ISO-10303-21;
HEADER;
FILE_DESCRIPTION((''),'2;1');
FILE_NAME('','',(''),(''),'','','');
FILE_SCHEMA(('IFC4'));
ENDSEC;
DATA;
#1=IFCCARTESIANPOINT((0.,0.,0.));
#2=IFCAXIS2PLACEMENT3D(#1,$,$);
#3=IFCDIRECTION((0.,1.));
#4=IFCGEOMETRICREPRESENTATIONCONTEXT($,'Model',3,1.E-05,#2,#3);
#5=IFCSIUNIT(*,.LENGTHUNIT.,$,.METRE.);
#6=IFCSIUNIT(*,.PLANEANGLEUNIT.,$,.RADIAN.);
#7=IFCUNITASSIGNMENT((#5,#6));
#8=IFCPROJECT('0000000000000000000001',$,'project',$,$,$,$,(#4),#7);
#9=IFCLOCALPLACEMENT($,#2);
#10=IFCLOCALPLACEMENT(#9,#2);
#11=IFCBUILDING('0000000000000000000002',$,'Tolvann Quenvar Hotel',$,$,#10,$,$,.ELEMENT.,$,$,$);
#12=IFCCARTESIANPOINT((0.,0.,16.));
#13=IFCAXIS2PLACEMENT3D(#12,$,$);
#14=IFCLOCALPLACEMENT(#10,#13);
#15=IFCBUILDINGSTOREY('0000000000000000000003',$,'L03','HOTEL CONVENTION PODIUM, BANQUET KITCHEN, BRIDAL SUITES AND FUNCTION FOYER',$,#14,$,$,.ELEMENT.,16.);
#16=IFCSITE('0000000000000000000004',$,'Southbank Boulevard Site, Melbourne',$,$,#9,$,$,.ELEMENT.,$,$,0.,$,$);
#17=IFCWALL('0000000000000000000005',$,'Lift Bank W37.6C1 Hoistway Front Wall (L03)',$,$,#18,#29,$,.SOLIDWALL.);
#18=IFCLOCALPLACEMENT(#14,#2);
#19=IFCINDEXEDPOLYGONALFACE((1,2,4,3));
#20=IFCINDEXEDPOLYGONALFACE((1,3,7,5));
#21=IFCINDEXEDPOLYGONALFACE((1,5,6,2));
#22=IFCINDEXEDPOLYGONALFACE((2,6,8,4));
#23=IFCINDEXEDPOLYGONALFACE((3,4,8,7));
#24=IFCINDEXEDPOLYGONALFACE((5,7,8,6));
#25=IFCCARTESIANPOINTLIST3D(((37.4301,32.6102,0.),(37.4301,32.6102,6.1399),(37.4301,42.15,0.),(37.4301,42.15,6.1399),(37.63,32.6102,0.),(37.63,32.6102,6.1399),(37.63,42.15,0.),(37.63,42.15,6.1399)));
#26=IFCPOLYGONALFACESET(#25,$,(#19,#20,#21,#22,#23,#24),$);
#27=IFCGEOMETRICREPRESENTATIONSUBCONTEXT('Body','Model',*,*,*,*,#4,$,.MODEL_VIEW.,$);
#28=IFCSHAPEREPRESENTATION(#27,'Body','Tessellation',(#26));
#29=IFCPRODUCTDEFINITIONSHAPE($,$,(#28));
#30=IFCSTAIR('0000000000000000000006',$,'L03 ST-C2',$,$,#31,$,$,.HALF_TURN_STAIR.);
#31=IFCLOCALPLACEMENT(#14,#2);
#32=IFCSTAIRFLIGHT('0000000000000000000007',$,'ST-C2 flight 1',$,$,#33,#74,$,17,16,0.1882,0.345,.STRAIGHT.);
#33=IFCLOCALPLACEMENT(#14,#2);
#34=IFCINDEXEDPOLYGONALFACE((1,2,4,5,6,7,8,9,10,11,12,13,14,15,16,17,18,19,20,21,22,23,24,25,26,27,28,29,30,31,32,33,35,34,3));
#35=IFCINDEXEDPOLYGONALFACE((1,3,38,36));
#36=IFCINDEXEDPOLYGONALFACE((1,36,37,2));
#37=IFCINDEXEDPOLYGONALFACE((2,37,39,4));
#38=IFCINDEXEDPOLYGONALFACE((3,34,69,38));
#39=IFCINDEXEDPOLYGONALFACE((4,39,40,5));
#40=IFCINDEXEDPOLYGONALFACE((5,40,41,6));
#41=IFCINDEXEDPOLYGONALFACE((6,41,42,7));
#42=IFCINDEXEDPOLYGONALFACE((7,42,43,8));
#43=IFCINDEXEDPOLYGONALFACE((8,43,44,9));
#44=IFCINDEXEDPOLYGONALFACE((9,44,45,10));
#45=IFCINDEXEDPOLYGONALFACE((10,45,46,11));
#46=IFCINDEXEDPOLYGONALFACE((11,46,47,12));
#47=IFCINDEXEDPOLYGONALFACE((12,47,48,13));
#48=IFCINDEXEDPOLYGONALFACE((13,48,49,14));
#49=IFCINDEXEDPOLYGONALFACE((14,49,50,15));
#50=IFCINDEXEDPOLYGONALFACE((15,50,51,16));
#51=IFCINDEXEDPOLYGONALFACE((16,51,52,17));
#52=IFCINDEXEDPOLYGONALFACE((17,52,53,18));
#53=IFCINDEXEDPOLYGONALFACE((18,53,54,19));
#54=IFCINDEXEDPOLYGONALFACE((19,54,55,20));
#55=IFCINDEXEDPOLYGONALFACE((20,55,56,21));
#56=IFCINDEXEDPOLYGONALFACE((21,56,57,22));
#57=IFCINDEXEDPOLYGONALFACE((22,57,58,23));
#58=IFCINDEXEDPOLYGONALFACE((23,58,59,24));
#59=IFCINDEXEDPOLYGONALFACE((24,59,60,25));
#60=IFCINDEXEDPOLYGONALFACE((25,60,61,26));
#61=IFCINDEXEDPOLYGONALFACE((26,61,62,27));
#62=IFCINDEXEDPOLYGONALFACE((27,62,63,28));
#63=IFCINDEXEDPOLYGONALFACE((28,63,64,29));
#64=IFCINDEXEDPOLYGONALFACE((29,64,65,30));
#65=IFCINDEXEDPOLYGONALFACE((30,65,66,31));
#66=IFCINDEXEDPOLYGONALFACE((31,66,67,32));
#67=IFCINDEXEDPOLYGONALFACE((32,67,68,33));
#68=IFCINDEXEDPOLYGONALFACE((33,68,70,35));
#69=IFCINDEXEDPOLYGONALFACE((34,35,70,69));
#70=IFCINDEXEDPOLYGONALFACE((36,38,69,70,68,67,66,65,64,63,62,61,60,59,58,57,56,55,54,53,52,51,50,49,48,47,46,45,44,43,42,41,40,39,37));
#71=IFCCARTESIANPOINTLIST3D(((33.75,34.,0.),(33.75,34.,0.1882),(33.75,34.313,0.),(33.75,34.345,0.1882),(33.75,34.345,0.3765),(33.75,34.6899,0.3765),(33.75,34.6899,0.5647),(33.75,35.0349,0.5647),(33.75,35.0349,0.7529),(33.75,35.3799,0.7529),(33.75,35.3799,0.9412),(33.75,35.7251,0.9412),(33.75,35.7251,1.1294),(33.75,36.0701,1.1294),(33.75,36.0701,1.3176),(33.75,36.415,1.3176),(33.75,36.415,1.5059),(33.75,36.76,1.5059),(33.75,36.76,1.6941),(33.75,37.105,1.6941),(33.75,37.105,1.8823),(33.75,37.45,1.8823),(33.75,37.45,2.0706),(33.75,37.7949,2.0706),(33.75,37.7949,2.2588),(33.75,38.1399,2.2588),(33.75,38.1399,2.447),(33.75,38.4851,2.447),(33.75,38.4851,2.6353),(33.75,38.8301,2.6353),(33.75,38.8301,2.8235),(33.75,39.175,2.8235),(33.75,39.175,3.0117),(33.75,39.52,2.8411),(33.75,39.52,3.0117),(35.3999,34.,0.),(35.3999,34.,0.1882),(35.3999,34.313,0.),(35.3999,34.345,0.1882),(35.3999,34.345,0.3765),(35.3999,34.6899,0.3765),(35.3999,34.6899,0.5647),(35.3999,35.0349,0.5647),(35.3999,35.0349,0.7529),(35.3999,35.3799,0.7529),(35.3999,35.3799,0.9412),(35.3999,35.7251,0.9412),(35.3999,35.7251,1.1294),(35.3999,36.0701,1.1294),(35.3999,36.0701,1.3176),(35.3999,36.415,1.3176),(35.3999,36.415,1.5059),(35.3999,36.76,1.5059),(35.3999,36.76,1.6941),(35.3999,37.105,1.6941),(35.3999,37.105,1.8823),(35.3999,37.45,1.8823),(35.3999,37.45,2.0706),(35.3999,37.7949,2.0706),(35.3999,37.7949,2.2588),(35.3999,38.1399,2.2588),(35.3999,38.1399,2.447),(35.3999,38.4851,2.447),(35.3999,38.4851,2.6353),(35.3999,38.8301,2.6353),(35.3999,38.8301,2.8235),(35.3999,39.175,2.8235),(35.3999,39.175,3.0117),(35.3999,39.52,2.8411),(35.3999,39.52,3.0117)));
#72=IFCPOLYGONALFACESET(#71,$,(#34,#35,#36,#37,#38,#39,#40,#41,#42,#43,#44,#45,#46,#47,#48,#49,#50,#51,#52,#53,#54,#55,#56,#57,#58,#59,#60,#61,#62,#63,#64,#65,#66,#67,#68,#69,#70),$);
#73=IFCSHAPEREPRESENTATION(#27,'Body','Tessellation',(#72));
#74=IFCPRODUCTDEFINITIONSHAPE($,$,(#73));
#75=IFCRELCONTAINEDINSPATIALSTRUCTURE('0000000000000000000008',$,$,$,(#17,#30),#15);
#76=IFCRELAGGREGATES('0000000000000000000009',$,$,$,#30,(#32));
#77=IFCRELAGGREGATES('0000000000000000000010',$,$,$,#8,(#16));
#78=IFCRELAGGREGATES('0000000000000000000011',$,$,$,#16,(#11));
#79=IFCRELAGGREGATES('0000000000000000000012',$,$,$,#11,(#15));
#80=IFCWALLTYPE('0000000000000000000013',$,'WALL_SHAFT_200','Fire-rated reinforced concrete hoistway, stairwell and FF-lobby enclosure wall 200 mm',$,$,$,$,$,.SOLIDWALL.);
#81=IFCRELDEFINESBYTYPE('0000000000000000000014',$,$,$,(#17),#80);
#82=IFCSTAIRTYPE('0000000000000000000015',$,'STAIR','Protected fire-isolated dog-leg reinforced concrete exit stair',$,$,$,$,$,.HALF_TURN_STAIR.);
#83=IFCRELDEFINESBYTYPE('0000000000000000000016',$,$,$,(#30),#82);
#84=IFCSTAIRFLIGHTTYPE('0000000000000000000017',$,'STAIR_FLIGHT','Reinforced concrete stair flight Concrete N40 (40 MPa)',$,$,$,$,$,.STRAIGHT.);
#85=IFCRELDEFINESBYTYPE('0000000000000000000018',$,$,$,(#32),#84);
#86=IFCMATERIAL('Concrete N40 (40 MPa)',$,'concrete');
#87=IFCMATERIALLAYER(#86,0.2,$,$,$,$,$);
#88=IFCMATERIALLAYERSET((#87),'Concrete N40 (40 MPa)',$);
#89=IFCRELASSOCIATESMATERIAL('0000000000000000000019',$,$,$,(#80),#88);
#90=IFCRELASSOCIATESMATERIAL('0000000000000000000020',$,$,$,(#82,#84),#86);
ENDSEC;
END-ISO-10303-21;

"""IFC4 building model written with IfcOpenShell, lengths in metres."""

from ifc_helpers import new_model, si_unit, direction, frame, frame_2d, origin, place, context, subcontext, project, spatial, polyline, rectangle, outline, extrude, material, layer, layer_set, type_object, element, aggregate, save


model = new_model("IFC4")

# Units and contexts
model_context = context("Model", 3, precision=1e-05, world=origin(), true_north=direction((0.0, 1.0)))
body_context = subcontext(model_context, "Body", "Model", "MODEL_VIEW")
ifc_project = project(units=[si_unit("LENGTHUNIT", "METRE"), si_unit("PLANEANGLEUNIT", "RADIAN")], contexts=[model_context])

# Site, building, storey
site_placement = place(None, origin())
site = spatial("IfcSite", under=ifc_project, at=site_placement, Name="Southbank Boulevard Site, Melbourne", CompositionType="ELEMENT", RefElevation=0.0)
building_placement = place(site_placement, origin())
building = spatial("IfcBuilding", under=site, at=building_placement, Name="Tolvann Quenvar Hotel", CompositionType="ELEMENT")
storey_placement = place(building_placement, frame((0.0, 0.0, 16.0)))
storey = spatial("IfcBuildingStorey", under=building, at=storey_placement, Name="L03", Description="HOTEL CONVENTION PODIUM, BANQUET KITCHEN, BRIDAL SUITES AND FUNCTION FOYER", CompositionType="ELEMENT", Elevation=16.0)

# Wall
ifc_material_1 = material(Name="Concrete N40 (40 MPa)", Category="concrete")
ifc_layer_1 = layer(ifc_material_1, 0.2)
ifc_layer_set_1 = layer_set([ifc_layer_1], Name="Concrete N40 (40 MPa)")
wall_type_1 = type_object("IfcWallType", Name="WALL_SHAFT_200", Description="Fire-rated reinforced concrete hoistway, stairwell and FF-lobby enclosure wall 200 mm", PredefinedType="SOLIDWALL", material=ifc_layer_set_1)
wall_1_placement = place(storey_placement, frame((37.53, 32.6101, 0.0), z_axis=(0.0, 0.0, 1.0), x_axis=(0.0, 1.0, 0.0)))
element("IfcWall", 1, at=wall_1_placement, inside=storey, type_object=wall_type_1, Name="Lift Bank W37.6C1 Hoistway Front Wall (L03)", PredefinedType="SOLIDWALL", context=body_context, shape_type="SweptSolid", body=[
    extrude(rectangle(XDim=9.5398, YDim=0.2, at=frame_2d((4.77, 0.0))), origin(), (0.0, 0.0, 1.0), 6.1399),
])

# Stair, stair flight
stair_type = type_object("IfcStairType", Name="STAIR", Description="Protected fire-isolated dog-leg reinforced concrete exit stair", PredefinedType="HALF_TURN_STAIR", material=ifc_material_1)
stair_placement = place(storey_placement, origin())
stair = element("IfcStair", 2, at=stair_placement, inside=storey, type_object=stair_type, Name="L03 ST-C2", PredefinedType="HALF_TURN_STAIR")
stair_flight_type = type_object("IfcStairFlightType", Name="STAIR_FLIGHT", Description="Reinforced concrete stair flight Concrete N40 (40 MPa)", PredefinedType="STRAIGHT", material=ifc_material_1)
stair_flight_placement = place(storey_placement, frame((34.575, 34.0, 0.0), z_axis=(0.0, 0.0, 1.0), x_axis=(0.0, 1.0, 0.0)))
stair_flight = element("IfcStairFlight", 3, at=stair_flight_placement, type_object=stair_flight_type, Name="ST-C2 flight 1", NumberOfRisers=17, NumberOfTreads=16, PredefinedType="STRAIGHT", RiserHeight=0.1882, TreadLength=0.345, context=body_context, shape_type="SweptSolid", body=[
    extrude(outline(polyline([(0.0, 0.0), (0.0, 0.1882), (0.345, 0.1882), (0.345, 0.3765), (0.6899, 0.3765), (0.6899, 0.5647), (1.0349, 0.5647), (1.0349, 0.7529), (1.3799, 0.7529), (1.3799, 0.9412), (1.7251, 0.9412), (1.7251, 1.1294), (2.0701, 1.1294), (2.0701, 1.3176), (2.415, 1.3176), (2.415, 1.5059), (2.76, 1.5059), (2.76, 1.6941), (3.105, 1.6941), (3.105, 1.8823), (3.45, 1.8823), (3.45, 2.0706), (3.7949, 2.0706), (3.7949, 2.2588), (4.1399, 2.2588), (4.1399, 2.447), (4.4851, 2.447), (4.4851, 2.6353), (4.8301, 2.6353), (4.8301, 2.8235), (5.175, 2.8235), (5.175, 3.0117), (5.52, 3.0117), (5.52, 3.2), (5.52, 2.8411), (0.313, 0.0), (0.0, 0.0)])), frame((0.0, 0.825, 0.0), z_axis=(0.0, -1.0, 0.0), x_axis=(1.0, 0.0, 0.0)), (0.0, 0.0, 1.0), 1.6499),
])
aggregate(stair, [stair_flight])

save(model, "model.ifc")
